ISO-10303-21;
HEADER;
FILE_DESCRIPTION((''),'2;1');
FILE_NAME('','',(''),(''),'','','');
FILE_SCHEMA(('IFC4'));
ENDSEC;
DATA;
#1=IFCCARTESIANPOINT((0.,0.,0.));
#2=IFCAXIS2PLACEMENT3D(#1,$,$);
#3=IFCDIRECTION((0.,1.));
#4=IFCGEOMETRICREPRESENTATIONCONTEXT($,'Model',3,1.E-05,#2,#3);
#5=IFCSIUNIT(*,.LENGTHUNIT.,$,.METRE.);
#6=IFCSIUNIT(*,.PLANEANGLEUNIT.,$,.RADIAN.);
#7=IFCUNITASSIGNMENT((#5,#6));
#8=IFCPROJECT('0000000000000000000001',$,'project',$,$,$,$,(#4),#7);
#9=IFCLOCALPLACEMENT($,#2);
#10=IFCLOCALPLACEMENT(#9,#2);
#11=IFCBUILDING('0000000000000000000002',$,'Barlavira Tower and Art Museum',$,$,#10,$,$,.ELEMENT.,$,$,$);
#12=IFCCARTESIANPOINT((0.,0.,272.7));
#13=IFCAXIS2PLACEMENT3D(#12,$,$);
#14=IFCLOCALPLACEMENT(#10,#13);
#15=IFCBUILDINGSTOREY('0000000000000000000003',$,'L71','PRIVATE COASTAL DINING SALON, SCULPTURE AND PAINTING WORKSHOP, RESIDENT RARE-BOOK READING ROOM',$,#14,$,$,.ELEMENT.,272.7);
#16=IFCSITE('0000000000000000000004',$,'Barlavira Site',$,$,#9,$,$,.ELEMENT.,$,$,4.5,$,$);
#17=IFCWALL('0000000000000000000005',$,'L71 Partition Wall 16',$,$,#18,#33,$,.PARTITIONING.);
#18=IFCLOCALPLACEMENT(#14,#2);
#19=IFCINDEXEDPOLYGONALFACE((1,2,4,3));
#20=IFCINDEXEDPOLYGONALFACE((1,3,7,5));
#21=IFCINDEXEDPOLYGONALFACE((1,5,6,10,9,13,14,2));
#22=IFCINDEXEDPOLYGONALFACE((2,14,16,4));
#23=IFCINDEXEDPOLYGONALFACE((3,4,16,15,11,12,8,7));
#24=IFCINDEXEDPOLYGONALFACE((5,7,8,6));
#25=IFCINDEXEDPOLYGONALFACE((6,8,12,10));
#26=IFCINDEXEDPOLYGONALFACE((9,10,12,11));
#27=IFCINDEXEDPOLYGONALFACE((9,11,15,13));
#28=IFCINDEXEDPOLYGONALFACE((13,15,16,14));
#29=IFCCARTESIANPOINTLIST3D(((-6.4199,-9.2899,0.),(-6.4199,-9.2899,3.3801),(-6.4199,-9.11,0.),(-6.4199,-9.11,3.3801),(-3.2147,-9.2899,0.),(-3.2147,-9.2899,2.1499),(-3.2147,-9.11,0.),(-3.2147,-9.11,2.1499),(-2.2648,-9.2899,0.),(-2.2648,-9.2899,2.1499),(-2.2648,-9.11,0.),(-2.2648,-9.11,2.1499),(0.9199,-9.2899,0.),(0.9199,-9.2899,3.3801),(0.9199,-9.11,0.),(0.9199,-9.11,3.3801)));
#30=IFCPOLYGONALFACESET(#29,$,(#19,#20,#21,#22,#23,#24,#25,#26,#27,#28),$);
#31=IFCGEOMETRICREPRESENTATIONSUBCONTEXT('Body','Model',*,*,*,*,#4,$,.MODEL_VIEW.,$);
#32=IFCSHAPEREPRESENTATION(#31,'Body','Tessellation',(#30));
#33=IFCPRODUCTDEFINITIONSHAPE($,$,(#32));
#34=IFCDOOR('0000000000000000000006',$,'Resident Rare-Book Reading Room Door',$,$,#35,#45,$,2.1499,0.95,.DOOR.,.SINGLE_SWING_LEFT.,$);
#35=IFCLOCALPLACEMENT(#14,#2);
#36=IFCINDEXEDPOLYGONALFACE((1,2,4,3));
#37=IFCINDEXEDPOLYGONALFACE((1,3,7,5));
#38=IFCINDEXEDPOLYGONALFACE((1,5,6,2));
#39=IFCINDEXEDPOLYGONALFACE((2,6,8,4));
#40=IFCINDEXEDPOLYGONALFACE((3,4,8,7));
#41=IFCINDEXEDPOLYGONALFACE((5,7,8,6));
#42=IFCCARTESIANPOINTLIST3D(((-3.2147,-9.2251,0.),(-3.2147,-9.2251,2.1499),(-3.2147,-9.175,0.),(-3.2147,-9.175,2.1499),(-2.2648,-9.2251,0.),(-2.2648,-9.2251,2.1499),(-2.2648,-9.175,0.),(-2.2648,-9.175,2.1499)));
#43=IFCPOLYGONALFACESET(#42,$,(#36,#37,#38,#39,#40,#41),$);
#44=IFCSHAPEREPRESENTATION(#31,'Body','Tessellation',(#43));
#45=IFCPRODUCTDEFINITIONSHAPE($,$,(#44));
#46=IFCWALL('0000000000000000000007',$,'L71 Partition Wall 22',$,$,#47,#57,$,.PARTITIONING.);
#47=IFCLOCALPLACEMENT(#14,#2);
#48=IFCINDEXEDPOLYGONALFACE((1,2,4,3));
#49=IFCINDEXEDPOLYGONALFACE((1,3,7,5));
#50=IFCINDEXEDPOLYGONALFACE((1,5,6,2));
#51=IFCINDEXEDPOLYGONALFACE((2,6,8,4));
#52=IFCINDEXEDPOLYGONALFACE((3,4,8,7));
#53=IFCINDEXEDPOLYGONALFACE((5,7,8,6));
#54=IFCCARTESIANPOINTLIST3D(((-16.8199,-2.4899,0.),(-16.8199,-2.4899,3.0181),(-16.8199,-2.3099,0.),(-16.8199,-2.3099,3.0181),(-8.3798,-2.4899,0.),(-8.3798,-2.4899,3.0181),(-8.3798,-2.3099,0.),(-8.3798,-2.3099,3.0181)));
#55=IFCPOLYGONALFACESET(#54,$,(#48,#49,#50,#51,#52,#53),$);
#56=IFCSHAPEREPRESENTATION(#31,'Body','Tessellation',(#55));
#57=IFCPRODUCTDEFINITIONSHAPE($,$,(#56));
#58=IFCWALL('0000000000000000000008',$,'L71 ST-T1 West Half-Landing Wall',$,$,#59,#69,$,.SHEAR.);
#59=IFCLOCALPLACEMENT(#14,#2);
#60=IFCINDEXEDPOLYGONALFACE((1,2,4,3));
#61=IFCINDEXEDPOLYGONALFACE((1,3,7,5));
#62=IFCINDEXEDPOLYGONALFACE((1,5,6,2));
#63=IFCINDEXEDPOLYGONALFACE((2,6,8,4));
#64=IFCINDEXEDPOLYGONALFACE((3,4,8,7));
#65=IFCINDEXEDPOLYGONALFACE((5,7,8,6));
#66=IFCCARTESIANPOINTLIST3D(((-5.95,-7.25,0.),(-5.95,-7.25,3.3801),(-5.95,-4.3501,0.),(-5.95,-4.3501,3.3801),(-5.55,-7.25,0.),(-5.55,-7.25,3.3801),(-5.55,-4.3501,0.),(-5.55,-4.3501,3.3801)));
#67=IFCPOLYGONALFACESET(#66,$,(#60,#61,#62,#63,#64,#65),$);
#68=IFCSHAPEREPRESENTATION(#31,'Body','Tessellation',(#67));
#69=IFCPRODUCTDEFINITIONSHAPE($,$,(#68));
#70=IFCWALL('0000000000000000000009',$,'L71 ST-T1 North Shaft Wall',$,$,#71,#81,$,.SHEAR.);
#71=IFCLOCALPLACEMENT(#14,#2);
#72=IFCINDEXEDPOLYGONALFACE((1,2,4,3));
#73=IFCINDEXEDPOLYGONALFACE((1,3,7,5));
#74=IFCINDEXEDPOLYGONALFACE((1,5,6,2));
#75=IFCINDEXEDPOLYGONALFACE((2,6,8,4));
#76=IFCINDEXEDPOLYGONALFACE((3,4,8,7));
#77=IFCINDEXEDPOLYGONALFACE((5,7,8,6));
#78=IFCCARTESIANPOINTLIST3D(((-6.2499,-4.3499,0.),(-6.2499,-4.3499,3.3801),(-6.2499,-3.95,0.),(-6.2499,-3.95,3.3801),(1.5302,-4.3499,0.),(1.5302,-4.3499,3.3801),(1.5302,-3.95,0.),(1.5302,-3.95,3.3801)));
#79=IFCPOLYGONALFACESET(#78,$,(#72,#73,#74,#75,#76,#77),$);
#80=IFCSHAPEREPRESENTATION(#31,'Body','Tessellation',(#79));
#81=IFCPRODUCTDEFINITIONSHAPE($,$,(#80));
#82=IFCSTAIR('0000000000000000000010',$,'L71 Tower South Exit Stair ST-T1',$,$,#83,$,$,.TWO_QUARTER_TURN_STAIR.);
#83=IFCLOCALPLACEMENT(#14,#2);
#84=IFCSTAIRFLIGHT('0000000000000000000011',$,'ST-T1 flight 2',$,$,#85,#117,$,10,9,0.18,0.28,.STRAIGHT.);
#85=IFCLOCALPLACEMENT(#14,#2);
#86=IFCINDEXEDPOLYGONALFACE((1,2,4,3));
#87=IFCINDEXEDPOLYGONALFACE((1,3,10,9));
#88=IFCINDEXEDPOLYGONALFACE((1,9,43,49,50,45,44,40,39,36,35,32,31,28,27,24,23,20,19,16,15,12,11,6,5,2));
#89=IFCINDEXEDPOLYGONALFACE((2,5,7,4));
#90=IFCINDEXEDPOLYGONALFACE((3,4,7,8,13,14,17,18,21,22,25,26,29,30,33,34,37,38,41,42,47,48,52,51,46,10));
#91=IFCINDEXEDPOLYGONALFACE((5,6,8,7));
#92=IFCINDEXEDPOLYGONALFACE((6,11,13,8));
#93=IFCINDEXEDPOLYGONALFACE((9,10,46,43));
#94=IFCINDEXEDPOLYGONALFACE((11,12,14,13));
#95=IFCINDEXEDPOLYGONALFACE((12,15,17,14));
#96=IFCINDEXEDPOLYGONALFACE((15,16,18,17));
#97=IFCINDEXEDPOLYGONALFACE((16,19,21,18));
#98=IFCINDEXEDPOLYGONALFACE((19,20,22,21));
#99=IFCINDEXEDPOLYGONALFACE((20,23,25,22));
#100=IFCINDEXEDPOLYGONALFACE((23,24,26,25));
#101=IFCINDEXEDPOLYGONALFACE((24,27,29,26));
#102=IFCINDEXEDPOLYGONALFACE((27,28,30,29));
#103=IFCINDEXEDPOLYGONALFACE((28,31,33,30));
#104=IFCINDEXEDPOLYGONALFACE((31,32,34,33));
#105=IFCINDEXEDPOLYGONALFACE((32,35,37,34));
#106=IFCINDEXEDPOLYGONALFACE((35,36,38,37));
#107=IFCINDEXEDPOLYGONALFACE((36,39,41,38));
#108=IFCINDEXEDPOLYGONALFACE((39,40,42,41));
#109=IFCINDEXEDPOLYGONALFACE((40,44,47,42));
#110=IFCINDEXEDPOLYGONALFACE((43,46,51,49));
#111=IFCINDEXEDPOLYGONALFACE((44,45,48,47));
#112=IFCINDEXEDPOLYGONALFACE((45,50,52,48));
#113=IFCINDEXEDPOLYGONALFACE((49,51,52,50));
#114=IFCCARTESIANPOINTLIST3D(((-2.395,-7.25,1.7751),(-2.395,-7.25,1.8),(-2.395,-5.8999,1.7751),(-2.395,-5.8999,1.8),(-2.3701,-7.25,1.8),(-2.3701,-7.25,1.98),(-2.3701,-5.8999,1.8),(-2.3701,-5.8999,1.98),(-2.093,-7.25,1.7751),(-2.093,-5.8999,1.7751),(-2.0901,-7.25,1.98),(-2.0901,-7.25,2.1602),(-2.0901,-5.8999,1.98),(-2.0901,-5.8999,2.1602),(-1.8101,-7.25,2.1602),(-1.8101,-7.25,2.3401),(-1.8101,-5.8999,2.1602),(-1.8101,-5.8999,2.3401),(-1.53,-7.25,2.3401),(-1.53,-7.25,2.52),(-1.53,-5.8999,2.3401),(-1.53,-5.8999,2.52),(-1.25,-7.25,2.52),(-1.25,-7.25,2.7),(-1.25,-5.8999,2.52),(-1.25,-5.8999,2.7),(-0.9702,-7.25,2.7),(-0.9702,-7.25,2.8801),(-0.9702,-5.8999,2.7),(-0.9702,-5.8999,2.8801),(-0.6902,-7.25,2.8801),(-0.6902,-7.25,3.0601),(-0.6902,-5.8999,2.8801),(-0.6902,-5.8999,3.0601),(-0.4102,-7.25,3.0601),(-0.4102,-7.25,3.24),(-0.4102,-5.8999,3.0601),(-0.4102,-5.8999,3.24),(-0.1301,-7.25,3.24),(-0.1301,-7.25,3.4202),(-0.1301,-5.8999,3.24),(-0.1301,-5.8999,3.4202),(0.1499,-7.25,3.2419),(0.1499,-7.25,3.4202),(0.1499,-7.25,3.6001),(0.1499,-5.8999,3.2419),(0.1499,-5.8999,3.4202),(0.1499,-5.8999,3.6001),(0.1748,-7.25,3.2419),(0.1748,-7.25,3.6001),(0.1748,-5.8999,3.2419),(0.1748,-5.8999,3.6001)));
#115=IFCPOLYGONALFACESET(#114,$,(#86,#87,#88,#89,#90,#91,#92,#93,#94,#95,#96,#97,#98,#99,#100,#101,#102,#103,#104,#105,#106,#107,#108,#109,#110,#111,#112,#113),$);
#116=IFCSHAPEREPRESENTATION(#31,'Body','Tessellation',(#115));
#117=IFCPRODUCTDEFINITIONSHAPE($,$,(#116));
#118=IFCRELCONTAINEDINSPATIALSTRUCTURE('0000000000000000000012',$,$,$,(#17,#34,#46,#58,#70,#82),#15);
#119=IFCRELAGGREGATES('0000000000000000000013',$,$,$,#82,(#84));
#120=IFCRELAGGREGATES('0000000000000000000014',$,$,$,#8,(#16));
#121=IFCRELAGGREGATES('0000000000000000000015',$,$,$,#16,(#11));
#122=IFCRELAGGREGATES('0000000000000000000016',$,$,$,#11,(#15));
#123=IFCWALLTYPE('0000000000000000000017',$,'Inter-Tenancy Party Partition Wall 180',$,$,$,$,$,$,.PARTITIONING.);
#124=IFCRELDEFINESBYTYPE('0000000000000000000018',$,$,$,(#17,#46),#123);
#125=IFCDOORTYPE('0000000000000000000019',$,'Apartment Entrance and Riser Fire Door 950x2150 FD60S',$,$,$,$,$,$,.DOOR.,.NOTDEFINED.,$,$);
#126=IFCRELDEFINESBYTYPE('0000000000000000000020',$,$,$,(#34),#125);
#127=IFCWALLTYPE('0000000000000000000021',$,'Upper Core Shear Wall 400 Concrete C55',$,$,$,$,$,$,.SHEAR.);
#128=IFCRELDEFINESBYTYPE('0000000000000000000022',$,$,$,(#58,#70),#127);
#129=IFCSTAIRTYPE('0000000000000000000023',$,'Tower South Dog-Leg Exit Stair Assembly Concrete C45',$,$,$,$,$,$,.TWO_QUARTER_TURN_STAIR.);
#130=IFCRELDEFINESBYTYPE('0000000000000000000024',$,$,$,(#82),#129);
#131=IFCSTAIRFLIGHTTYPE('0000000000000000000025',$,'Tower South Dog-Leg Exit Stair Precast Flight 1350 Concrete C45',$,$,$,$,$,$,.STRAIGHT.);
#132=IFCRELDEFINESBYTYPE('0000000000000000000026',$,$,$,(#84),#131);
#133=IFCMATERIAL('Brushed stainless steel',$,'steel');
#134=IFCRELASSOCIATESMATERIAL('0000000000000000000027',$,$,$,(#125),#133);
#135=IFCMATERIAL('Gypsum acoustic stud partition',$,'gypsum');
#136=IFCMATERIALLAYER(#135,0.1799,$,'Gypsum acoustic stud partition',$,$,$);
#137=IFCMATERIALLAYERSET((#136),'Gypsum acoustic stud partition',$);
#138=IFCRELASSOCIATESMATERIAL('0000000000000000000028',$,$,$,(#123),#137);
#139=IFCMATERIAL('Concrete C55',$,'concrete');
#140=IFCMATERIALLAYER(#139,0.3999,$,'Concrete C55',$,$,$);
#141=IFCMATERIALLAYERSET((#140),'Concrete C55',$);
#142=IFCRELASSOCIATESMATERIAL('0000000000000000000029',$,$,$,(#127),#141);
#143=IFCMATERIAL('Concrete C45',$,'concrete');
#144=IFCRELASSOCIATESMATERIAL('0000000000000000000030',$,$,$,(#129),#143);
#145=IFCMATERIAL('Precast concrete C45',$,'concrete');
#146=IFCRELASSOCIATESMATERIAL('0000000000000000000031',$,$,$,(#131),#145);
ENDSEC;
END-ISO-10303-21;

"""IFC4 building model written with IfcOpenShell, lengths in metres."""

from ifc_helpers import new_model, si_unit, direction, frame, frame_2d, origin, place, context, subcontext, project, spatial, polyline, rectangle, outline, extrude, material, layer, layer_set, type_object, element, fill, aggregate, save


model = new_model("IFC4")

# Units and contexts
model_context = context("Model", 3, precision=1e-05, world=origin(), true_north=direction((0.0, 1.0)))
body_context = subcontext(model_context, "Body", "Model", "MODEL_VIEW")
ifc_project = project(units=[si_unit("LENGTHUNIT", "METRE"), si_unit("PLANEANGLEUNIT", "RADIAN")], contexts=[model_context])

# Site, building, storey
site_placement = place(None, origin())
site = spatial("IfcSite", under=ifc_project, at=site_placement, Name="Barlavira Site", CompositionType="ELEMENT", RefElevation=4.5)
building_placement = place(site_placement, origin())
building = spatial("IfcBuilding", under=site, at=building_placement, Name="Barlavira Tower and Art Museum", CompositionType="ELEMENT")
storey_placement = place(building_placement, frame((0.0, 0.0, 272.7)))
storey = spatial("IfcBuildingStorey", under=building, at=storey_placement, Name="L71", Description="PRIVATE COASTAL DINING SALON, SCULPTURE AND PAINTING WORKSHOP, RESIDENT RARE-BOOK READING ROOM", CompositionType="ELEMENT", Elevation=272.7)

# Shared definitions
ifc_material_1 = material(Name="Brushed stainless steel", Category="steel")
door_type = type_object("IfcDoorType", Name="Apartment Entrance and Riser Fire Door 950x2150 FD60S", OperationType="NOTDEFINED", PredefinedType="DOOR", material=ifc_material_1)

# Shared definitions
ifc_material_2 = material(Name="Gypsum acoustic stud partition", Category="gypsum")
ifc_layer_1 = layer(ifc_material_2, 0.1799, Name="Gypsum acoustic stud partition")
ifc_layer_set_1 = layer_set([ifc_layer_1], Name="Gypsum acoustic stud partition")
wall_type_1 = type_object("IfcWallType", Name="Inter-Tenancy Party Partition Wall 180", PredefinedType="PARTITIONING", material=ifc_layer_set_1)

# Wall, opening, door
wall_1_placement = place(storey_placement, frame((-6.4199, -9.2, 0.0), z_axis=(0.0, 0.0, 1.0), x_axis=(1.0, 0.0, 0.0)))
wall_1 = element("IfcWall", 1, at=wall_1_placement, inside=storey, type_object=wall_type_1, Name="L71 Partition Wall 16", PredefinedType="PARTITIONING", context=body_context, shape_type="SweptSolid", body=[
    extrude(rectangle(XDim=7.3398, YDim=0.1799, at=frame_2d((3.6699, 0.0))), origin(), (0.0, 0.0, 1.0), 3.3801),
])
opening_1_placement = place(wall_1_placement, frame((3.2051, 0.0, 0.0)))
opening_1 = element("IfcOpeningElement", 2, at=opening_1_placement, cuts=wall_1, PredefinedType="OPENING", context=body_context, shape_type="SweptSolid", body=[
    extrude(rectangle(XDim=0.95, YDim=2.1499, at=frame_2d((0.4751, 1.075))), frame((0.0, 0.1001, 0.0), z_axis=(0.0, -1.0, 0.0), x_axis=(1.0, 0.0, 0.0)), (0.0, 0.0, 1.0), 0.2),
])
door_1_placement = place(opening_1_placement, origin())
door_1 = element("IfcDoor", 3, at=door_1_placement, inside=storey, type_object=door_type, Name="Resident Rare-Book Reading Room Door", OperationType="SINGLE_SWING_LEFT", OverallHeight=2.1499, OverallWidth=0.95, PredefinedType="DOOR", context=body_context, shape_type="SweptSolid", body=[
    extrude(rectangle(XDim=0.95, YDim=2.1499, at=frame_2d((0.4751, 1.075))), frame((0.0, 0.0249, 0.0), z_axis=(0.0, -1.0, 0.0), x_axis=(1.0, 0.0, 0.0)), (0.0, 0.0, 1.0), 0.05),
])
fill(opening_1, door_1)

# Walls
wall_2_placement = place(storey_placement, frame((-16.8201, -2.3999, 0.0), z_axis=(0.0, 0.0, 1.0), x_axis=(1.0, 0.0, 0.0)))
element("IfcWall", 4, at=wall_2_placement, inside=storey, type_object=wall_type_1, Name="L71 Partition Wall 22", PredefinedType="PARTITIONING", context=body_context, shape_type="SweptSolid", body=[
    extrude(rectangle(XDim=8.4402, YDim=0.1799, at=frame_2d((4.2202, 0.0))), origin(), (0.0, 0.0, 1.0), 3.0181),
])
ifc_material_3 = material(Name="Concrete C55", Category="concrete")
ifc_layer_2 = layer(ifc_material_3, 0.3999, Name="Concrete C55")
ifc_layer_set_2 = layer_set([ifc_layer_2], Name="Concrete C55")
wall_type_2 = type_object("IfcWallType", Name="Upper Core Shear Wall 400 Concrete C55", PredefinedType="SHEAR", material=ifc_layer_set_2)
wall_3_placement = place(storey_placement, frame((-5.75, -7.25, 0.0), z_axis=(0.0, 0.0, 1.0), x_axis=(0.0, 1.0, 0.0)))
element("IfcWall", 5, at=wall_3_placement, inside=storey, type_object=wall_type_2, Name="L71 ST-T1 West Half-Landing Wall", PredefinedType="SHEAR", context=body_context, shape_type="SweptSolid", body=[
    extrude(rectangle(XDim=2.8999, YDim=0.3999, at=frame_2d((1.45, 0.0))), origin(), (0.0, 0.0, 1.0), 3.3801),
])
wall_4_placement = place(storey_placement, frame((-6.25, -4.1499, 0.0), z_axis=(0.0, 0.0, 1.0), x_axis=(1.0, 0.0, 0.0)))
element("IfcWall", 6, at=wall_4_placement, inside=storey, type_object=wall_type_2, Name="L71 ST-T1 North Shaft Wall", PredefinedType="SHEAR", context=body_context, shape_type="SweptSolid", body=[
    extrude(rectangle(XDim=7.78, YDim=0.3999, at=frame_2d((3.8901, 0.0))), origin(), (0.0, 0.0, 1.0), 3.3801),
])

# Stair, stair flight
ifc_material_4 = material(Name="Concrete C45", Category="concrete")
stair_type = type_object("IfcStairType", Name="Tower South Dog-Leg Exit Stair Assembly Concrete C45", PredefinedType="TWO_QUARTER_TURN_STAIR", material=ifc_material_4)
stair_placement = place(storey_placement, origin())
stair = element("IfcStair", 7, at=stair_placement, inside=storey, type_object=stair_type, Name="L71 Tower South Exit Stair ST-T1", PredefinedType="TWO_QUARTER_TURN_STAIR")
ifc_material_5 = material(Name="Precast concrete C45", Category="concrete")
stair_flight_type = type_object("IfcStairFlightType", Name="Tower South Dog-Leg Exit Stair Precast Flight 1350 Concrete C45", PredefinedType="STRAIGHT", material=ifc_material_5)
stair_flight_placement = place(storey_placement, frame((-2.3701, -6.575, 1.8), z_axis=(0.0, 0.0, 1.0), x_axis=(1.0, 0.0, 0.0)))
stair_flight = element("IfcStairFlight", 8, at=stair_flight_placement, type_object=stair_flight_type, Name="ST-T1 flight 2", NumberOfRisers=10, NumberOfTreads=9, PredefinedType="STRAIGHT", RiserHeight=0.18, TreadLength=0.28, context=body_context, shape_type="SweptSolid", body=[
    extrude(outline(polyline([(-0.0249, 0.0), (0.0, 0.0), (0.0, 0.1799), (0.28, 0.1799), (0.28, 0.3601), (0.5601, 0.3601), (0.5601, 0.54), (0.8401, 0.54), (0.8401, 0.72), (1.1201, 0.72), (1.1201, 0.8999), (1.3999, 0.8999), (1.3999, 1.0801), (1.6799, 1.0801), (1.6799, 1.26), (1.96, 1.26), (1.96, 1.4399), (2.24, 1.4399), (2.24, 1.6201), (2.52, 1.6201), (2.52, 1.8), (2.5449, 1.8), (2.5449, 1.4419), (2.52, 1.4419), (0.2771, -0.0249), (-0.0249, -0.0249), (-0.0249, 0.0)])), frame((0.0, 0.675, 0.0), z_axis=(0.0, -1.0, 0.0), x_axis=(1.0, 0.0, 0.0)), (0.0, 0.0, 1.0), 1.3501),
])
aggregate(stair, [stair_flight])

save(model, "model.ifc")
